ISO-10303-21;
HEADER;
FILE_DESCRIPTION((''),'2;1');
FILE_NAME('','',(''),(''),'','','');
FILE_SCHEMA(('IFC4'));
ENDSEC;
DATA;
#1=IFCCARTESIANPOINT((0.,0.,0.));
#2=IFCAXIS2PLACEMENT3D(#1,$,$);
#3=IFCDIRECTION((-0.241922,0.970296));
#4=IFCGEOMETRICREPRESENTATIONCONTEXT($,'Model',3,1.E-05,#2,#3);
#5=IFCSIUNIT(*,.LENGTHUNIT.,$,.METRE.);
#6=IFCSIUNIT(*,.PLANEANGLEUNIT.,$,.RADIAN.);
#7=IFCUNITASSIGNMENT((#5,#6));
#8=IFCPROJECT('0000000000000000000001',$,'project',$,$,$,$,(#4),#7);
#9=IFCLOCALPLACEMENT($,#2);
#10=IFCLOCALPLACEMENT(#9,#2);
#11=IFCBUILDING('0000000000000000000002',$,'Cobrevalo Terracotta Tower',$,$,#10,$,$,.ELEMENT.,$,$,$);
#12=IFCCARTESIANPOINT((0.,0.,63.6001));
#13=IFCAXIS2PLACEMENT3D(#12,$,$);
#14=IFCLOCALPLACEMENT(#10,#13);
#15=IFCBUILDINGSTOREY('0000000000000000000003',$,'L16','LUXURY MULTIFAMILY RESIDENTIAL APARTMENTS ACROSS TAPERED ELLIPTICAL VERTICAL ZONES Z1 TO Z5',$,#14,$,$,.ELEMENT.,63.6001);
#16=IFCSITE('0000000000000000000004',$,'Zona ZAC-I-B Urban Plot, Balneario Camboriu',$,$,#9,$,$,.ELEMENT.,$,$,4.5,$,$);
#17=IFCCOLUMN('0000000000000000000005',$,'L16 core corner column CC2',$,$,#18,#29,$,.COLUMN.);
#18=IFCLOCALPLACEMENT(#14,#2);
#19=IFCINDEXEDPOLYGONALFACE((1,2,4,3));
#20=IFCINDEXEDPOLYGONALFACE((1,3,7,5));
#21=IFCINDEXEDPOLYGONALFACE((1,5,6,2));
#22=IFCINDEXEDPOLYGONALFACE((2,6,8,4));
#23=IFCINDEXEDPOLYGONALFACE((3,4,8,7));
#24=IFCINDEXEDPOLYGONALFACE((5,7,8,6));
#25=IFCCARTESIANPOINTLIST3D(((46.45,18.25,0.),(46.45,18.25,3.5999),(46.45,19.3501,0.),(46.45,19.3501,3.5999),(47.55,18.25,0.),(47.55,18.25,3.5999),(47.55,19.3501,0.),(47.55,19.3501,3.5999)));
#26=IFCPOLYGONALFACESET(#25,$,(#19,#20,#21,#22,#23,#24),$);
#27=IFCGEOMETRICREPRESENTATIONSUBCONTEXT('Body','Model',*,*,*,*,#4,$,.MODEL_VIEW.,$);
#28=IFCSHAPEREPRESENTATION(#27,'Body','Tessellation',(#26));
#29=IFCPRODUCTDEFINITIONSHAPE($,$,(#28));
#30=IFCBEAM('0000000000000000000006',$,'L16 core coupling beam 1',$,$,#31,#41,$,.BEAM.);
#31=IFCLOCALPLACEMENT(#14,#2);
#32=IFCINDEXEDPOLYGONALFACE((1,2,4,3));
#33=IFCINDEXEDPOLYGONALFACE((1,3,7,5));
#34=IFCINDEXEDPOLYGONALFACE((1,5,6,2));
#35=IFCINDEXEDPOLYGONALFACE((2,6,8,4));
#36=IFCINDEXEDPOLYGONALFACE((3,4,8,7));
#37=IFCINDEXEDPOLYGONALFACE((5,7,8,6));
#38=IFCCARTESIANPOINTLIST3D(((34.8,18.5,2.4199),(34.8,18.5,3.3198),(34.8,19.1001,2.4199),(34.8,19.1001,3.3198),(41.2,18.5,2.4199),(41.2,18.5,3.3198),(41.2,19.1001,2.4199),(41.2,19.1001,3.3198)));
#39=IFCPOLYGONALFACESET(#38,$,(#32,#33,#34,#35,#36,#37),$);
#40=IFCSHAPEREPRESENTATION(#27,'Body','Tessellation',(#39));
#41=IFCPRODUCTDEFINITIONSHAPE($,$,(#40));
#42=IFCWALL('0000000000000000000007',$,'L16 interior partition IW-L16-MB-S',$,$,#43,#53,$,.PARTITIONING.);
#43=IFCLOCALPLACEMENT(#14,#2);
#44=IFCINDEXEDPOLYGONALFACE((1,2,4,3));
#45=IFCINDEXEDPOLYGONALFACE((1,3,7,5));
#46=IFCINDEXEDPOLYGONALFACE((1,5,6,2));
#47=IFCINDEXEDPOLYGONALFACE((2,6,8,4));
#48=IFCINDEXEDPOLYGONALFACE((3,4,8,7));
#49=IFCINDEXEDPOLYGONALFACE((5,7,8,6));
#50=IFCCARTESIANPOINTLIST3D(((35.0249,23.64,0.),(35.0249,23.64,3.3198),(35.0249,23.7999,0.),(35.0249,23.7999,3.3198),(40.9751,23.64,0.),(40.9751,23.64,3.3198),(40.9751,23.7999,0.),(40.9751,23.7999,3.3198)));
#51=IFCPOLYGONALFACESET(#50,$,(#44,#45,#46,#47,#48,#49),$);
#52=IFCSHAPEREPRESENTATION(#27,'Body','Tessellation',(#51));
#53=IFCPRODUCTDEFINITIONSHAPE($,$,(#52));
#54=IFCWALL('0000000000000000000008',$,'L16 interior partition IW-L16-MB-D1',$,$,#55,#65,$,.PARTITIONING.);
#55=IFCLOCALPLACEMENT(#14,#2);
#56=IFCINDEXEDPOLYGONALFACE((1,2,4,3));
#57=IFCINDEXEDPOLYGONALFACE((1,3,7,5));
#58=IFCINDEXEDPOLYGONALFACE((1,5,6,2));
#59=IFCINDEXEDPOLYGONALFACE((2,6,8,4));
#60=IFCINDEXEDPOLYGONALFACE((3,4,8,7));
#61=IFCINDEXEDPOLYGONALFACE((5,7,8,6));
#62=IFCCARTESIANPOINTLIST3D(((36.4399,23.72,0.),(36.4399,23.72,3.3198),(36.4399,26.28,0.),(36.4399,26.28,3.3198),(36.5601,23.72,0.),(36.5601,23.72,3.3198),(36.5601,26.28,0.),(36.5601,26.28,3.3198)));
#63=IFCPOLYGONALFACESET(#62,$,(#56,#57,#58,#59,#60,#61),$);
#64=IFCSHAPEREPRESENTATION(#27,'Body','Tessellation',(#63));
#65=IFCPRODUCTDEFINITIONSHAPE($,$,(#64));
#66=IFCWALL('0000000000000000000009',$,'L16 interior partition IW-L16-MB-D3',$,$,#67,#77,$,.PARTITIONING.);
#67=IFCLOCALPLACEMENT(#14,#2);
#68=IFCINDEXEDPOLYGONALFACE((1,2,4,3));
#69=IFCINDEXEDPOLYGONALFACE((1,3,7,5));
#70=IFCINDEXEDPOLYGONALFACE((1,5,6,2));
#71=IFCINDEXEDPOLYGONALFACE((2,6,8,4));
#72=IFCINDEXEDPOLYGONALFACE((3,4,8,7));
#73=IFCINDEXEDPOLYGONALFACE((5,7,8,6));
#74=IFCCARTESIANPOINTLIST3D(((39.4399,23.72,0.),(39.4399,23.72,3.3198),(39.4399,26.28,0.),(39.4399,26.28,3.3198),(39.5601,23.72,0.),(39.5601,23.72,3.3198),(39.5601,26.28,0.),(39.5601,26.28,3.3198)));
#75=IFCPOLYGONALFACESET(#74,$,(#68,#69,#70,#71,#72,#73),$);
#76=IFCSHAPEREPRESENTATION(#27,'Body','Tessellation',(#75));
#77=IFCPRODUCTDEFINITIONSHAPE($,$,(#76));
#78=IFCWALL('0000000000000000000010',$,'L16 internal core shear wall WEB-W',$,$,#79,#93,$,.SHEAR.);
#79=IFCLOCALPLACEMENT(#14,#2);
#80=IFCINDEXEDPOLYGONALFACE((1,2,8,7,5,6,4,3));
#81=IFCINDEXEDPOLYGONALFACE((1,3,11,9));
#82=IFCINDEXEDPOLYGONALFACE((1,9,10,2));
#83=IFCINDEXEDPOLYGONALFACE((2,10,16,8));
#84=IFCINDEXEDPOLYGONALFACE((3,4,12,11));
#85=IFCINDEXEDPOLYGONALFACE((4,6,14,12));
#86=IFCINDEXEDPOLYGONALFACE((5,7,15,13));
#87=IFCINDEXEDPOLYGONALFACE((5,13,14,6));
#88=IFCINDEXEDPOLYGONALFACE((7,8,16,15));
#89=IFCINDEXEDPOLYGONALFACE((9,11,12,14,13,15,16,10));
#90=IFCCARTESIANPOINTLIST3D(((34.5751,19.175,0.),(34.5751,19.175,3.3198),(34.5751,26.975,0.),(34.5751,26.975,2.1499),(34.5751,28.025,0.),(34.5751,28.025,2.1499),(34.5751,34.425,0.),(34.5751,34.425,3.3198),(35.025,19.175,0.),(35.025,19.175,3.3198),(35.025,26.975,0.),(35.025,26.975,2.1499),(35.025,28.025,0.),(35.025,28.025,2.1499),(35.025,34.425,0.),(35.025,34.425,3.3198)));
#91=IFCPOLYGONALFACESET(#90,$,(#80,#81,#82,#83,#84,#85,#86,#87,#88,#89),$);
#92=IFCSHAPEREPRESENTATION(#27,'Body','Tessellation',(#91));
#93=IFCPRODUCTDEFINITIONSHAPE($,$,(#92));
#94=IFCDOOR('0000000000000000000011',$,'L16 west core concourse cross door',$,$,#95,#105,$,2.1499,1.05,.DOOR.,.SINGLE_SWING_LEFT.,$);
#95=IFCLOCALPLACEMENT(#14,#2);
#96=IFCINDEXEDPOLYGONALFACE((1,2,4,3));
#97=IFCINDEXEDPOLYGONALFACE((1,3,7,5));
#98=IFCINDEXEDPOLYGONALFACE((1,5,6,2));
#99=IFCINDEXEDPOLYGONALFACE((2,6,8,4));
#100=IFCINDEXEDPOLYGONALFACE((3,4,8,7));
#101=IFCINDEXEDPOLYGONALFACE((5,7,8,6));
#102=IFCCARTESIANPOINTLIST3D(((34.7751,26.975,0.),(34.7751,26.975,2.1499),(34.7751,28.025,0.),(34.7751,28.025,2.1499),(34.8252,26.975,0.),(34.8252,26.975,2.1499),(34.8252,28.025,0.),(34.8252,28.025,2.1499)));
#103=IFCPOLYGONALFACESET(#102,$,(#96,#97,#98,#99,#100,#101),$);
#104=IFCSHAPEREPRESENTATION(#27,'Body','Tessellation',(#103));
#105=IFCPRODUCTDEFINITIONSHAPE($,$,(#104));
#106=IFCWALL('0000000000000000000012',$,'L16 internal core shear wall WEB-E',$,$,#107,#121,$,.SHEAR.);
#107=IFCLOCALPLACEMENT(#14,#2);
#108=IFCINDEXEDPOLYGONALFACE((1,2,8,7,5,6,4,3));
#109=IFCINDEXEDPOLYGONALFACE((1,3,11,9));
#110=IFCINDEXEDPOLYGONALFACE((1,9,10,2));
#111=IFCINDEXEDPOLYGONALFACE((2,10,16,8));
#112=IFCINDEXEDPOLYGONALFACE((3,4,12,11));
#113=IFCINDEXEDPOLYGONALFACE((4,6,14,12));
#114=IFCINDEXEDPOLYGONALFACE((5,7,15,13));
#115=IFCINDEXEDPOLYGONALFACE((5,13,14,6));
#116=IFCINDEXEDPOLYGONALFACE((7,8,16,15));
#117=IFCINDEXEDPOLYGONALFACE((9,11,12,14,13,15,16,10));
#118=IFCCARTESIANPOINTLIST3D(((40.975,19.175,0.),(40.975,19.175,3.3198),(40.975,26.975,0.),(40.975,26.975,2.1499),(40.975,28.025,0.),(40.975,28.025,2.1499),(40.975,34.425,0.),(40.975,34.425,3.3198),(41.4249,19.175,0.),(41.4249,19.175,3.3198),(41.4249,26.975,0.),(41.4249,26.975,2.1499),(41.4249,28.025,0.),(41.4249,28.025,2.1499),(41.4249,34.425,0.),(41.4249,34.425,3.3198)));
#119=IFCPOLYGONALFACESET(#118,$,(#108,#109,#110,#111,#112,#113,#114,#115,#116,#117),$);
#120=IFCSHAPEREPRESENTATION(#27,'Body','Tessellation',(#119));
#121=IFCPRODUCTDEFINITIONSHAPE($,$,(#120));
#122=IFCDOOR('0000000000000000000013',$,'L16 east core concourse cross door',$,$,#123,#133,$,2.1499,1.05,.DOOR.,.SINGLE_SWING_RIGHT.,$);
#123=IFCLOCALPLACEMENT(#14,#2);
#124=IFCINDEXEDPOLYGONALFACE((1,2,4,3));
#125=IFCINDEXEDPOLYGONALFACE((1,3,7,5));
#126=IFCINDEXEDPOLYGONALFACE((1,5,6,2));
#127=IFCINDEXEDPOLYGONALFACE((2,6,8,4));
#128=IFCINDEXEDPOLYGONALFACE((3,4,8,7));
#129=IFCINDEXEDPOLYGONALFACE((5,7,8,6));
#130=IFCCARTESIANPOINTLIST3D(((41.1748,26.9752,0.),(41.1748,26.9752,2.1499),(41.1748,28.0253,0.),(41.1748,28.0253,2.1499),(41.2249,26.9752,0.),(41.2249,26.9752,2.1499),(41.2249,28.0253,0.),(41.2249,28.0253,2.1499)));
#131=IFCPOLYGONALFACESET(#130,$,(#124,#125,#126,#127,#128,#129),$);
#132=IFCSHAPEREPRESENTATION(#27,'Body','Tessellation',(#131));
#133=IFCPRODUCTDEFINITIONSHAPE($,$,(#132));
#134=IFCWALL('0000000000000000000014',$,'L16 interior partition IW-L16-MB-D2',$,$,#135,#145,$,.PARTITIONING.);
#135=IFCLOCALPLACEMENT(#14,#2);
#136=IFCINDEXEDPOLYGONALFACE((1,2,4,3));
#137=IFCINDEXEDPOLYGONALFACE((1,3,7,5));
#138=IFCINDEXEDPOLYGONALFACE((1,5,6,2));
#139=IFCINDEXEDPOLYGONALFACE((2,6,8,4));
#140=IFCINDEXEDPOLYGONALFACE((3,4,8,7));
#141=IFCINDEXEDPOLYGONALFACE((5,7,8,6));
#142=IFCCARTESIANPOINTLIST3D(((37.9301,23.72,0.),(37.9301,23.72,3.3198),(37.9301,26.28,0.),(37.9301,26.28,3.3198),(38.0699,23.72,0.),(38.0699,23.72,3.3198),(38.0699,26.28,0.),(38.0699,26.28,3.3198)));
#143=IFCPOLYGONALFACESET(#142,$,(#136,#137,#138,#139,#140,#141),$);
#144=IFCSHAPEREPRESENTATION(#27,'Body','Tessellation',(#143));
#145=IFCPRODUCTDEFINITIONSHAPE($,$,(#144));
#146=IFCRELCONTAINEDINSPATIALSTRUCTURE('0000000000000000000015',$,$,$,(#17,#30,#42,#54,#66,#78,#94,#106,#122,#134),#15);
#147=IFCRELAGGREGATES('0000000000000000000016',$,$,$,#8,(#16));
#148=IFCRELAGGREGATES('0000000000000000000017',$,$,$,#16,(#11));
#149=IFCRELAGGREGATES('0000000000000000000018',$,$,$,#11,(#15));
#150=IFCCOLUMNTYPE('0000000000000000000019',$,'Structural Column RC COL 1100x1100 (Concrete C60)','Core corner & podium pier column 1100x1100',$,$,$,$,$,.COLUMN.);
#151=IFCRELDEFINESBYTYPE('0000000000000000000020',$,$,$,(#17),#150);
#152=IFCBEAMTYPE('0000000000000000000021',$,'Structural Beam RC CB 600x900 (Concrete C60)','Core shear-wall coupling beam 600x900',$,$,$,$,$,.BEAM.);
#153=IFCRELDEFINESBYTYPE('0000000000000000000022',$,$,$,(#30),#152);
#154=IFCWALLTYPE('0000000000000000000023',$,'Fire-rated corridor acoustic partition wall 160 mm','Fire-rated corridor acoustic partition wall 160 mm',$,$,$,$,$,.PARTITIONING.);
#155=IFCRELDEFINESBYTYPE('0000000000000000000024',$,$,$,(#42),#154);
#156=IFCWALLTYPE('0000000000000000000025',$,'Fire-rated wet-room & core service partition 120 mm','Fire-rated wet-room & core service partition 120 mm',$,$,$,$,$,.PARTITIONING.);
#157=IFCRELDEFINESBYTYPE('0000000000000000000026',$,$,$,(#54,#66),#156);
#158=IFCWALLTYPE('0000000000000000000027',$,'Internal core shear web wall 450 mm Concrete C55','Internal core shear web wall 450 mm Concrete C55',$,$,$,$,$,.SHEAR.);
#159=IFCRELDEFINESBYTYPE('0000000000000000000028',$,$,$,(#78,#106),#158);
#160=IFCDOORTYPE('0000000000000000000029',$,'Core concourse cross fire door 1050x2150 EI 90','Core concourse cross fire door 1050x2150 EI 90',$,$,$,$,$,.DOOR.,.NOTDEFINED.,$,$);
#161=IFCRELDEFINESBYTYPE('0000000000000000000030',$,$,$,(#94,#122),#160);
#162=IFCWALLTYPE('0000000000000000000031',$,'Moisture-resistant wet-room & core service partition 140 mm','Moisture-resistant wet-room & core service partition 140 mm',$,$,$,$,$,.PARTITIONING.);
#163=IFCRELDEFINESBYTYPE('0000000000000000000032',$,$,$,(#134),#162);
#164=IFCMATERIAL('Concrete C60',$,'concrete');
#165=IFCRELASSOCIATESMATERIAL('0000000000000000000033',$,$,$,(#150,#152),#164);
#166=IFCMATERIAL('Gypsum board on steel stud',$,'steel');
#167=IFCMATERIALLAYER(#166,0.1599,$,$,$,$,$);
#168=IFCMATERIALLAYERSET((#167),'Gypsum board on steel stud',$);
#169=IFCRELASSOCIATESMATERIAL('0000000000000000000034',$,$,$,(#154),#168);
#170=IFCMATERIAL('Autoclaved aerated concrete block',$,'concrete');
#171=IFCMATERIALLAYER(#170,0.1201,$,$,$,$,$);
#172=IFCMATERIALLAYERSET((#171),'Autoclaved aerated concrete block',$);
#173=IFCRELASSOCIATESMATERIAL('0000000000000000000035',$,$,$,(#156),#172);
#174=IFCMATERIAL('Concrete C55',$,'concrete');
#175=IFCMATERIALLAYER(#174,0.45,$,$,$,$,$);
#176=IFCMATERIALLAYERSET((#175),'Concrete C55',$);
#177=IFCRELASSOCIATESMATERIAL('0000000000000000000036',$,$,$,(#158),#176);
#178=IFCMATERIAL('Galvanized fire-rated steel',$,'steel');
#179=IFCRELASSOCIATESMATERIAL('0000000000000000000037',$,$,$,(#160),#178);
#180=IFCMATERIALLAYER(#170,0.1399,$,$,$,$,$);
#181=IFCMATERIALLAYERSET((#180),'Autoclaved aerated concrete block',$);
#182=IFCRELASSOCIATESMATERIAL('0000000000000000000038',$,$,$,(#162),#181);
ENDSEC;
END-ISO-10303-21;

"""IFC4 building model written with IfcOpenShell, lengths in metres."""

from ifc_helpers import new_model, si_unit, direction, frame, frame_2d, origin, origin_2d, place, context, subcontext, project, spatial, rectangle, extrude, source, transform, mapped, material, layer, layer_set, material_profile, profile_set, type_object, element, fill, save


model = new_model("IFC4")

# Units and contexts
model_context = context("Model", 3, precision=1e-05, world=origin(), true_north=direction((-0.241922, 0.970296)))
body_context = subcontext(model_context, "Body", "Model", "MODEL_VIEW")
ifc_project = project(units=[si_unit("LENGTHUNIT", "METRE"), si_unit("PLANEANGLEUNIT", "RADIAN")], contexts=[model_context])

# Site, building, storey
site_placement = place(None, origin())
site = spatial("IfcSite", under=ifc_project, at=site_placement, Name="Zona ZAC-I-B Urban Plot, Balneario Camboriu", CompositionType="ELEMENT", RefElevation=4.5)
building_placement = place(site_placement, origin())
building = spatial("IfcBuilding", under=site, at=building_placement, Name="Cobrevalo Terracotta Tower", CompositionType="ELEMENT")
storey_placement = place(building_placement, frame((0.0, 0.0, 63.6001)))
storey = spatial("IfcBuildingStorey", under=building, at=storey_placement, Name="L16", Description="LUXURY MULTIFAMILY RESIDENTIAL APARTMENTS ACROSS TAPERED ELLIPTICAL VERTICAL ZONES Z1 TO Z5", CompositionType="ELEMENT", Elevation=63.6001)

# Column
ifc_material_1 = material(Name="Concrete C60", Category="concrete")
ifc_material_profile_1 = material_profile(ifc_material_1, rectangle(XDim=1.1001, YDim=1.1001, at=origin_2d()), Name="RC COL 1100x1100")
ifc_profile_set_1 = profile_set([ifc_material_profile_1], Name="Concrete C60")
column_type = type_object("IfcColumnType", Name="Structural Column RC COL 1100x1100 (Concrete C60)", Description="Core corner & podium pier column 1100x1100", PredefinedType="COLUMN", material=ifc_profile_set_1)
column_placement = place(storey_placement, frame((47.0, 18.8, 0.0), z_axis=(0.0, 0.0, 1.0), x_axis=(1.0, 0.0, 0.0)))
element("IfcColumn", 1, at=column_placement, inside=storey, type_object=column_type, Name="L16 core corner column CC2", PredefinedType="COLUMN", context=body_context, shape_type="SweptSolid", body=[
    extrude(rectangle(XDim=1.1001, YDim=1.1001, at=origin_2d()), origin(), (0.0, 0.0, 1.0), 3.5999),
])

# Beam
ifc_material_profile_2 = material_profile(ifc_material_1, rectangle(XDim=0.6001, YDim=0.8999, at=origin_2d()), Name="RC CB 600x900")
ifc_profile_set_2 = profile_set([ifc_material_profile_2], Name="Concrete C60")
beam_type = type_object("IfcBeamType", Name="Structural Beam RC CB 600x900 (Concrete C60)", Description="Core shear-wall coupling beam 600x900", PredefinedType="BEAM", material=ifc_profile_set_2)
beam_placement = place(storey_placement, frame((34.8, 18.8, 2.8699), z_axis=(1.0, 0.0, 0.0), x_axis=(0.0, 1.0, 0.0)))
element("IfcBeam", 2, at=beam_placement, inside=storey, type_object=beam_type, Name="L16 core coupling beam 1", PredefinedType="BEAM", context=body_context, shape_type="SweptSolid", body=[
    extrude(rectangle(XDim=0.6001, YDim=0.8999, at=origin_2d()), origin(), (0.0, 0.0, 1.0), 6.3999),
])

# Walls
ifc_material_2 = material(Name="Gypsum board on steel stud", Category="steel")
ifc_layer_1 = layer(ifc_material_2, 0.1599)
ifc_layer_set_1 = layer_set([ifc_layer_1], Name="Gypsum board on steel stud")
wall_type_1 = type_object("IfcWallType", Name="Fire-rated corridor acoustic partition wall 160 mm", Description="Fire-rated corridor acoustic partition wall 160 mm", PredefinedType="PARTITIONING", material=ifc_layer_set_1)
wall_1_placement = place(storey_placement, frame((35.0249, 23.72, 0.0), z_axis=(0.0, 0.0, 1.0), x_axis=(1.0, 0.0, 0.0)))
element("IfcWall", 3, at=wall_1_placement, inside=storey, type_object=wall_type_1, Name="L16 interior partition IW-L16-MB-S", PredefinedType="PARTITIONING", context=body_context, shape_type="SweptSolid", body=[
    extrude(rectangle(XDim=5.9502, YDim=0.1599, at=frame_2d((2.9751, 0.0))), origin(), (0.0, 0.0, 1.0), 3.3198),
])
ifc_material_3 = material(Name="Autoclaved aerated concrete block", Category="concrete")
ifc_layer_2 = layer(ifc_material_3, 0.1201)
ifc_layer_set_2 = layer_set([ifc_layer_2], Name="Autoclaved aerated concrete block")
wall_type_2 = type_object("IfcWallType", Name="Fire-rated wet-room & core service partition 120 mm", Description="Fire-rated wet-room & core service partition 120 mm", PredefinedType="PARTITIONING", material=ifc_layer_set_2)
for number, where, z_axis, x_axis, name in (
    (4, (36.5, 23.72, 0.0), (0.0, 0.0, 1.0), (0.0, 1.0, 0.0), "L16 interior partition IW-L16-MB-D1"),
    (5, (39.5, 23.72, 0.0), (0.0, 0.0, 1.0), (0.0, 1.0, 0.0), "L16 interior partition IW-L16-MB-D3"),
):
    element("IfcWall", number, at=place(storey_placement, frame(where, z_axis=z_axis, x_axis=x_axis)), inside=storey, type_object=wall_type_2, Name=name, PredefinedType="PARTITIONING", context=body_context, shape_type="SweptSolid", body=[
        extrude(rectangle(XDim=2.5601, YDim=0.1201, at=frame_2d((1.28, 0.0))), origin(), (0.0, 0.0, 1.0), 3.3198),
    ])

# Walls, openings, doors
ifc_material_4 = material(Name="Concrete C55", Category="concrete")
ifc_layer_3 = layer(ifc_material_4, 0.45)
ifc_layer_set_3 = layer_set([ifc_layer_3], Name="Concrete C55")
wall_type_3 = type_object("IfcWallType", Name="Internal core shear web wall 450 mm Concrete C55", Description="Internal core shear web wall 450 mm Concrete C55", PredefinedType="SHEAR", material=ifc_layer_set_3)
wall_2_placement = place(storey_placement, frame((34.8, 19.175, 0.0), z_axis=(0.0, 0.0, 1.0), x_axis=(0.0, 1.0, 0.0)))
wall_2 = element("IfcWall", 6, at=wall_2_placement, inside=storey, type_object=wall_type_3, Name="L16 internal core shear wall WEB-W", PredefinedType="SHEAR", context=body_context, shape_type="SweptSolid", body=[
    extrude(rectangle(XDim=15.25, YDim=0.45, at=frame_2d((7.625, 0.0))), origin(), (0.0, 0.0, 1.0), 3.3198),
])
opening_1_placement = place(wall_2_placement, frame((7.8, 0.0, 0.0)))
opening_1 = element("IfcOpeningElement", 7, at=opening_1_placement, cuts=wall_2, PredefinedType="OPENING", context=body_context, shape_type="SweptSolid", body=[
    extrude(rectangle(XDim=1.05, YDim=2.1499, at=frame_2d((0.5249, 1.075))), frame((0.0, 0.2349, 0.0), z_axis=(0.0, -1.0, 0.0), x_axis=(1.0, 0.0, 0.0)), (0.0, 0.0, 1.0), 0.47),
])
ifc_material_5 = material(Name="Galvanized fire-rated steel", Category="steel")
door_type_1 = type_object("IfcDoorType", Name="Core concourse cross fire door 1050x2150 EI 90", Description="Core concourse cross fire door 1050x2150 EI 90", OperationType="NOTDEFINED", PredefinedType="DOOR", material=ifc_material_5)
shared_shape_1 = source(origin(), body_context, "Body", "SweptSolid", [
    extrude(rectangle(XDim=1.05, YDim=2.1499, at=frame_2d((0.5249, 1.075))), frame((0.0, 0.0249, 0.0), z_axis=(0.0, -1.0, 0.0), x_axis=(1.0, 0.0, 0.0)), (0.0, 0.0, 1.0), 0.05),
])
door_1_placement = place(opening_1_placement, origin())
door_1 = element("IfcDoor", 8, at=door_1_placement, inside=storey, type_object=door_type_1, Name="L16 west core concourse cross door", OperationType="SINGLE_SWING_LEFT", OverallHeight=2.1499, OverallWidth=1.05, PredefinedType="DOOR", context=body_context, shape_type="MappedRepresentation", body=[
    mapped(shared_shape_1, transform((0.0, 0.0, 0.0), scale=1.0)),
])
fill(opening_1, door_1)
wall_3_placement = place(storey_placement, frame((41.2, 19.175, 0.0), z_axis=(0.0, 0.0, 1.0), x_axis=(0.0, 1.0, 0.0)))
wall_3 = element("IfcWall", 9, at=wall_3_placement, inside=storey, type_object=wall_type_3, Name="L16 internal core shear wall WEB-E", PredefinedType="SHEAR", context=body_context, shape_type="SweptSolid", body=[
    extrude(rectangle(XDim=15.25, YDim=0.45, at=frame_2d((7.625, 0.0))), origin(), (0.0, 0.0, 1.0), 3.3198),
])
opening_2_placement = place(wall_3_placement, frame((7.8, 0.0, 0.0)))
opening_2 = element("IfcOpeningElement", 10, at=opening_2_placement, cuts=wall_3, PredefinedType="OPENING", context=body_context, shape_type="SweptSolid", body=[
    extrude(rectangle(XDim=1.05, YDim=2.1499, at=frame_2d((0.5249, 1.075))), frame((0.0, 0.2349, 0.0), z_axis=(0.0, -1.0, 0.0), x_axis=(1.0, 0.0, 0.0)), (0.0, 0.0, 1.0), 0.47),
])
door_2_placement = place(opening_2_placement, frame((1.05, 0.0, 0.0), z_axis=(0.0, 0.0, 1.0), x_axis=(-1.0, 0.0, 0.0)))
door_2 = element("IfcDoor", 11, at=door_2_placement, inside=storey, type_object=door_type_1, Name="L16 east core concourse cross door", OperationType="SINGLE_SWING_RIGHT", OverallHeight=2.1499, OverallWidth=1.05, PredefinedType="DOOR", context=body_context, shape_type="MappedRepresentation", body=[
    mapped(shared_shape_1, transform((0.0, 0.0, 0.0), scale=1.0)),
])
fill(opening_2, door_2)

# Wall
ifc_layer_4 = layer(ifc_material_3, 0.1399)
ifc_layer_set_4 = layer_set([ifc_layer_4], Name="Autoclaved aerated concrete block")
wall_type_4 = type_object("IfcWallType", Name="Moisture-resistant wet-room & core service partition 140 mm", Description="Moisture-resistant wet-room & core service partition 140 mm", PredefinedType="PARTITIONING", material=ifc_layer_set_4)
wall_4_placement = place(storey_placement, frame((38.0, 23.72, 0.0), z_axis=(0.0, 0.0, 1.0), x_axis=(0.0, 1.0, 0.0)))
element("IfcWall", 12, at=wall_4_placement, inside=storey, type_object=wall_type_4, Name="L16 interior partition IW-L16-MB-D2", PredefinedType="PARTITIONING", context=body_context, shape_type="SweptSolid", body=[
    extrude(rectangle(XDim=2.5601, YDim=0.1399, at=frame_2d((1.28, 0.0))), origin(), (0.0, 0.0, 1.0), 3.3198),
])

save(model, "model.ifc")
